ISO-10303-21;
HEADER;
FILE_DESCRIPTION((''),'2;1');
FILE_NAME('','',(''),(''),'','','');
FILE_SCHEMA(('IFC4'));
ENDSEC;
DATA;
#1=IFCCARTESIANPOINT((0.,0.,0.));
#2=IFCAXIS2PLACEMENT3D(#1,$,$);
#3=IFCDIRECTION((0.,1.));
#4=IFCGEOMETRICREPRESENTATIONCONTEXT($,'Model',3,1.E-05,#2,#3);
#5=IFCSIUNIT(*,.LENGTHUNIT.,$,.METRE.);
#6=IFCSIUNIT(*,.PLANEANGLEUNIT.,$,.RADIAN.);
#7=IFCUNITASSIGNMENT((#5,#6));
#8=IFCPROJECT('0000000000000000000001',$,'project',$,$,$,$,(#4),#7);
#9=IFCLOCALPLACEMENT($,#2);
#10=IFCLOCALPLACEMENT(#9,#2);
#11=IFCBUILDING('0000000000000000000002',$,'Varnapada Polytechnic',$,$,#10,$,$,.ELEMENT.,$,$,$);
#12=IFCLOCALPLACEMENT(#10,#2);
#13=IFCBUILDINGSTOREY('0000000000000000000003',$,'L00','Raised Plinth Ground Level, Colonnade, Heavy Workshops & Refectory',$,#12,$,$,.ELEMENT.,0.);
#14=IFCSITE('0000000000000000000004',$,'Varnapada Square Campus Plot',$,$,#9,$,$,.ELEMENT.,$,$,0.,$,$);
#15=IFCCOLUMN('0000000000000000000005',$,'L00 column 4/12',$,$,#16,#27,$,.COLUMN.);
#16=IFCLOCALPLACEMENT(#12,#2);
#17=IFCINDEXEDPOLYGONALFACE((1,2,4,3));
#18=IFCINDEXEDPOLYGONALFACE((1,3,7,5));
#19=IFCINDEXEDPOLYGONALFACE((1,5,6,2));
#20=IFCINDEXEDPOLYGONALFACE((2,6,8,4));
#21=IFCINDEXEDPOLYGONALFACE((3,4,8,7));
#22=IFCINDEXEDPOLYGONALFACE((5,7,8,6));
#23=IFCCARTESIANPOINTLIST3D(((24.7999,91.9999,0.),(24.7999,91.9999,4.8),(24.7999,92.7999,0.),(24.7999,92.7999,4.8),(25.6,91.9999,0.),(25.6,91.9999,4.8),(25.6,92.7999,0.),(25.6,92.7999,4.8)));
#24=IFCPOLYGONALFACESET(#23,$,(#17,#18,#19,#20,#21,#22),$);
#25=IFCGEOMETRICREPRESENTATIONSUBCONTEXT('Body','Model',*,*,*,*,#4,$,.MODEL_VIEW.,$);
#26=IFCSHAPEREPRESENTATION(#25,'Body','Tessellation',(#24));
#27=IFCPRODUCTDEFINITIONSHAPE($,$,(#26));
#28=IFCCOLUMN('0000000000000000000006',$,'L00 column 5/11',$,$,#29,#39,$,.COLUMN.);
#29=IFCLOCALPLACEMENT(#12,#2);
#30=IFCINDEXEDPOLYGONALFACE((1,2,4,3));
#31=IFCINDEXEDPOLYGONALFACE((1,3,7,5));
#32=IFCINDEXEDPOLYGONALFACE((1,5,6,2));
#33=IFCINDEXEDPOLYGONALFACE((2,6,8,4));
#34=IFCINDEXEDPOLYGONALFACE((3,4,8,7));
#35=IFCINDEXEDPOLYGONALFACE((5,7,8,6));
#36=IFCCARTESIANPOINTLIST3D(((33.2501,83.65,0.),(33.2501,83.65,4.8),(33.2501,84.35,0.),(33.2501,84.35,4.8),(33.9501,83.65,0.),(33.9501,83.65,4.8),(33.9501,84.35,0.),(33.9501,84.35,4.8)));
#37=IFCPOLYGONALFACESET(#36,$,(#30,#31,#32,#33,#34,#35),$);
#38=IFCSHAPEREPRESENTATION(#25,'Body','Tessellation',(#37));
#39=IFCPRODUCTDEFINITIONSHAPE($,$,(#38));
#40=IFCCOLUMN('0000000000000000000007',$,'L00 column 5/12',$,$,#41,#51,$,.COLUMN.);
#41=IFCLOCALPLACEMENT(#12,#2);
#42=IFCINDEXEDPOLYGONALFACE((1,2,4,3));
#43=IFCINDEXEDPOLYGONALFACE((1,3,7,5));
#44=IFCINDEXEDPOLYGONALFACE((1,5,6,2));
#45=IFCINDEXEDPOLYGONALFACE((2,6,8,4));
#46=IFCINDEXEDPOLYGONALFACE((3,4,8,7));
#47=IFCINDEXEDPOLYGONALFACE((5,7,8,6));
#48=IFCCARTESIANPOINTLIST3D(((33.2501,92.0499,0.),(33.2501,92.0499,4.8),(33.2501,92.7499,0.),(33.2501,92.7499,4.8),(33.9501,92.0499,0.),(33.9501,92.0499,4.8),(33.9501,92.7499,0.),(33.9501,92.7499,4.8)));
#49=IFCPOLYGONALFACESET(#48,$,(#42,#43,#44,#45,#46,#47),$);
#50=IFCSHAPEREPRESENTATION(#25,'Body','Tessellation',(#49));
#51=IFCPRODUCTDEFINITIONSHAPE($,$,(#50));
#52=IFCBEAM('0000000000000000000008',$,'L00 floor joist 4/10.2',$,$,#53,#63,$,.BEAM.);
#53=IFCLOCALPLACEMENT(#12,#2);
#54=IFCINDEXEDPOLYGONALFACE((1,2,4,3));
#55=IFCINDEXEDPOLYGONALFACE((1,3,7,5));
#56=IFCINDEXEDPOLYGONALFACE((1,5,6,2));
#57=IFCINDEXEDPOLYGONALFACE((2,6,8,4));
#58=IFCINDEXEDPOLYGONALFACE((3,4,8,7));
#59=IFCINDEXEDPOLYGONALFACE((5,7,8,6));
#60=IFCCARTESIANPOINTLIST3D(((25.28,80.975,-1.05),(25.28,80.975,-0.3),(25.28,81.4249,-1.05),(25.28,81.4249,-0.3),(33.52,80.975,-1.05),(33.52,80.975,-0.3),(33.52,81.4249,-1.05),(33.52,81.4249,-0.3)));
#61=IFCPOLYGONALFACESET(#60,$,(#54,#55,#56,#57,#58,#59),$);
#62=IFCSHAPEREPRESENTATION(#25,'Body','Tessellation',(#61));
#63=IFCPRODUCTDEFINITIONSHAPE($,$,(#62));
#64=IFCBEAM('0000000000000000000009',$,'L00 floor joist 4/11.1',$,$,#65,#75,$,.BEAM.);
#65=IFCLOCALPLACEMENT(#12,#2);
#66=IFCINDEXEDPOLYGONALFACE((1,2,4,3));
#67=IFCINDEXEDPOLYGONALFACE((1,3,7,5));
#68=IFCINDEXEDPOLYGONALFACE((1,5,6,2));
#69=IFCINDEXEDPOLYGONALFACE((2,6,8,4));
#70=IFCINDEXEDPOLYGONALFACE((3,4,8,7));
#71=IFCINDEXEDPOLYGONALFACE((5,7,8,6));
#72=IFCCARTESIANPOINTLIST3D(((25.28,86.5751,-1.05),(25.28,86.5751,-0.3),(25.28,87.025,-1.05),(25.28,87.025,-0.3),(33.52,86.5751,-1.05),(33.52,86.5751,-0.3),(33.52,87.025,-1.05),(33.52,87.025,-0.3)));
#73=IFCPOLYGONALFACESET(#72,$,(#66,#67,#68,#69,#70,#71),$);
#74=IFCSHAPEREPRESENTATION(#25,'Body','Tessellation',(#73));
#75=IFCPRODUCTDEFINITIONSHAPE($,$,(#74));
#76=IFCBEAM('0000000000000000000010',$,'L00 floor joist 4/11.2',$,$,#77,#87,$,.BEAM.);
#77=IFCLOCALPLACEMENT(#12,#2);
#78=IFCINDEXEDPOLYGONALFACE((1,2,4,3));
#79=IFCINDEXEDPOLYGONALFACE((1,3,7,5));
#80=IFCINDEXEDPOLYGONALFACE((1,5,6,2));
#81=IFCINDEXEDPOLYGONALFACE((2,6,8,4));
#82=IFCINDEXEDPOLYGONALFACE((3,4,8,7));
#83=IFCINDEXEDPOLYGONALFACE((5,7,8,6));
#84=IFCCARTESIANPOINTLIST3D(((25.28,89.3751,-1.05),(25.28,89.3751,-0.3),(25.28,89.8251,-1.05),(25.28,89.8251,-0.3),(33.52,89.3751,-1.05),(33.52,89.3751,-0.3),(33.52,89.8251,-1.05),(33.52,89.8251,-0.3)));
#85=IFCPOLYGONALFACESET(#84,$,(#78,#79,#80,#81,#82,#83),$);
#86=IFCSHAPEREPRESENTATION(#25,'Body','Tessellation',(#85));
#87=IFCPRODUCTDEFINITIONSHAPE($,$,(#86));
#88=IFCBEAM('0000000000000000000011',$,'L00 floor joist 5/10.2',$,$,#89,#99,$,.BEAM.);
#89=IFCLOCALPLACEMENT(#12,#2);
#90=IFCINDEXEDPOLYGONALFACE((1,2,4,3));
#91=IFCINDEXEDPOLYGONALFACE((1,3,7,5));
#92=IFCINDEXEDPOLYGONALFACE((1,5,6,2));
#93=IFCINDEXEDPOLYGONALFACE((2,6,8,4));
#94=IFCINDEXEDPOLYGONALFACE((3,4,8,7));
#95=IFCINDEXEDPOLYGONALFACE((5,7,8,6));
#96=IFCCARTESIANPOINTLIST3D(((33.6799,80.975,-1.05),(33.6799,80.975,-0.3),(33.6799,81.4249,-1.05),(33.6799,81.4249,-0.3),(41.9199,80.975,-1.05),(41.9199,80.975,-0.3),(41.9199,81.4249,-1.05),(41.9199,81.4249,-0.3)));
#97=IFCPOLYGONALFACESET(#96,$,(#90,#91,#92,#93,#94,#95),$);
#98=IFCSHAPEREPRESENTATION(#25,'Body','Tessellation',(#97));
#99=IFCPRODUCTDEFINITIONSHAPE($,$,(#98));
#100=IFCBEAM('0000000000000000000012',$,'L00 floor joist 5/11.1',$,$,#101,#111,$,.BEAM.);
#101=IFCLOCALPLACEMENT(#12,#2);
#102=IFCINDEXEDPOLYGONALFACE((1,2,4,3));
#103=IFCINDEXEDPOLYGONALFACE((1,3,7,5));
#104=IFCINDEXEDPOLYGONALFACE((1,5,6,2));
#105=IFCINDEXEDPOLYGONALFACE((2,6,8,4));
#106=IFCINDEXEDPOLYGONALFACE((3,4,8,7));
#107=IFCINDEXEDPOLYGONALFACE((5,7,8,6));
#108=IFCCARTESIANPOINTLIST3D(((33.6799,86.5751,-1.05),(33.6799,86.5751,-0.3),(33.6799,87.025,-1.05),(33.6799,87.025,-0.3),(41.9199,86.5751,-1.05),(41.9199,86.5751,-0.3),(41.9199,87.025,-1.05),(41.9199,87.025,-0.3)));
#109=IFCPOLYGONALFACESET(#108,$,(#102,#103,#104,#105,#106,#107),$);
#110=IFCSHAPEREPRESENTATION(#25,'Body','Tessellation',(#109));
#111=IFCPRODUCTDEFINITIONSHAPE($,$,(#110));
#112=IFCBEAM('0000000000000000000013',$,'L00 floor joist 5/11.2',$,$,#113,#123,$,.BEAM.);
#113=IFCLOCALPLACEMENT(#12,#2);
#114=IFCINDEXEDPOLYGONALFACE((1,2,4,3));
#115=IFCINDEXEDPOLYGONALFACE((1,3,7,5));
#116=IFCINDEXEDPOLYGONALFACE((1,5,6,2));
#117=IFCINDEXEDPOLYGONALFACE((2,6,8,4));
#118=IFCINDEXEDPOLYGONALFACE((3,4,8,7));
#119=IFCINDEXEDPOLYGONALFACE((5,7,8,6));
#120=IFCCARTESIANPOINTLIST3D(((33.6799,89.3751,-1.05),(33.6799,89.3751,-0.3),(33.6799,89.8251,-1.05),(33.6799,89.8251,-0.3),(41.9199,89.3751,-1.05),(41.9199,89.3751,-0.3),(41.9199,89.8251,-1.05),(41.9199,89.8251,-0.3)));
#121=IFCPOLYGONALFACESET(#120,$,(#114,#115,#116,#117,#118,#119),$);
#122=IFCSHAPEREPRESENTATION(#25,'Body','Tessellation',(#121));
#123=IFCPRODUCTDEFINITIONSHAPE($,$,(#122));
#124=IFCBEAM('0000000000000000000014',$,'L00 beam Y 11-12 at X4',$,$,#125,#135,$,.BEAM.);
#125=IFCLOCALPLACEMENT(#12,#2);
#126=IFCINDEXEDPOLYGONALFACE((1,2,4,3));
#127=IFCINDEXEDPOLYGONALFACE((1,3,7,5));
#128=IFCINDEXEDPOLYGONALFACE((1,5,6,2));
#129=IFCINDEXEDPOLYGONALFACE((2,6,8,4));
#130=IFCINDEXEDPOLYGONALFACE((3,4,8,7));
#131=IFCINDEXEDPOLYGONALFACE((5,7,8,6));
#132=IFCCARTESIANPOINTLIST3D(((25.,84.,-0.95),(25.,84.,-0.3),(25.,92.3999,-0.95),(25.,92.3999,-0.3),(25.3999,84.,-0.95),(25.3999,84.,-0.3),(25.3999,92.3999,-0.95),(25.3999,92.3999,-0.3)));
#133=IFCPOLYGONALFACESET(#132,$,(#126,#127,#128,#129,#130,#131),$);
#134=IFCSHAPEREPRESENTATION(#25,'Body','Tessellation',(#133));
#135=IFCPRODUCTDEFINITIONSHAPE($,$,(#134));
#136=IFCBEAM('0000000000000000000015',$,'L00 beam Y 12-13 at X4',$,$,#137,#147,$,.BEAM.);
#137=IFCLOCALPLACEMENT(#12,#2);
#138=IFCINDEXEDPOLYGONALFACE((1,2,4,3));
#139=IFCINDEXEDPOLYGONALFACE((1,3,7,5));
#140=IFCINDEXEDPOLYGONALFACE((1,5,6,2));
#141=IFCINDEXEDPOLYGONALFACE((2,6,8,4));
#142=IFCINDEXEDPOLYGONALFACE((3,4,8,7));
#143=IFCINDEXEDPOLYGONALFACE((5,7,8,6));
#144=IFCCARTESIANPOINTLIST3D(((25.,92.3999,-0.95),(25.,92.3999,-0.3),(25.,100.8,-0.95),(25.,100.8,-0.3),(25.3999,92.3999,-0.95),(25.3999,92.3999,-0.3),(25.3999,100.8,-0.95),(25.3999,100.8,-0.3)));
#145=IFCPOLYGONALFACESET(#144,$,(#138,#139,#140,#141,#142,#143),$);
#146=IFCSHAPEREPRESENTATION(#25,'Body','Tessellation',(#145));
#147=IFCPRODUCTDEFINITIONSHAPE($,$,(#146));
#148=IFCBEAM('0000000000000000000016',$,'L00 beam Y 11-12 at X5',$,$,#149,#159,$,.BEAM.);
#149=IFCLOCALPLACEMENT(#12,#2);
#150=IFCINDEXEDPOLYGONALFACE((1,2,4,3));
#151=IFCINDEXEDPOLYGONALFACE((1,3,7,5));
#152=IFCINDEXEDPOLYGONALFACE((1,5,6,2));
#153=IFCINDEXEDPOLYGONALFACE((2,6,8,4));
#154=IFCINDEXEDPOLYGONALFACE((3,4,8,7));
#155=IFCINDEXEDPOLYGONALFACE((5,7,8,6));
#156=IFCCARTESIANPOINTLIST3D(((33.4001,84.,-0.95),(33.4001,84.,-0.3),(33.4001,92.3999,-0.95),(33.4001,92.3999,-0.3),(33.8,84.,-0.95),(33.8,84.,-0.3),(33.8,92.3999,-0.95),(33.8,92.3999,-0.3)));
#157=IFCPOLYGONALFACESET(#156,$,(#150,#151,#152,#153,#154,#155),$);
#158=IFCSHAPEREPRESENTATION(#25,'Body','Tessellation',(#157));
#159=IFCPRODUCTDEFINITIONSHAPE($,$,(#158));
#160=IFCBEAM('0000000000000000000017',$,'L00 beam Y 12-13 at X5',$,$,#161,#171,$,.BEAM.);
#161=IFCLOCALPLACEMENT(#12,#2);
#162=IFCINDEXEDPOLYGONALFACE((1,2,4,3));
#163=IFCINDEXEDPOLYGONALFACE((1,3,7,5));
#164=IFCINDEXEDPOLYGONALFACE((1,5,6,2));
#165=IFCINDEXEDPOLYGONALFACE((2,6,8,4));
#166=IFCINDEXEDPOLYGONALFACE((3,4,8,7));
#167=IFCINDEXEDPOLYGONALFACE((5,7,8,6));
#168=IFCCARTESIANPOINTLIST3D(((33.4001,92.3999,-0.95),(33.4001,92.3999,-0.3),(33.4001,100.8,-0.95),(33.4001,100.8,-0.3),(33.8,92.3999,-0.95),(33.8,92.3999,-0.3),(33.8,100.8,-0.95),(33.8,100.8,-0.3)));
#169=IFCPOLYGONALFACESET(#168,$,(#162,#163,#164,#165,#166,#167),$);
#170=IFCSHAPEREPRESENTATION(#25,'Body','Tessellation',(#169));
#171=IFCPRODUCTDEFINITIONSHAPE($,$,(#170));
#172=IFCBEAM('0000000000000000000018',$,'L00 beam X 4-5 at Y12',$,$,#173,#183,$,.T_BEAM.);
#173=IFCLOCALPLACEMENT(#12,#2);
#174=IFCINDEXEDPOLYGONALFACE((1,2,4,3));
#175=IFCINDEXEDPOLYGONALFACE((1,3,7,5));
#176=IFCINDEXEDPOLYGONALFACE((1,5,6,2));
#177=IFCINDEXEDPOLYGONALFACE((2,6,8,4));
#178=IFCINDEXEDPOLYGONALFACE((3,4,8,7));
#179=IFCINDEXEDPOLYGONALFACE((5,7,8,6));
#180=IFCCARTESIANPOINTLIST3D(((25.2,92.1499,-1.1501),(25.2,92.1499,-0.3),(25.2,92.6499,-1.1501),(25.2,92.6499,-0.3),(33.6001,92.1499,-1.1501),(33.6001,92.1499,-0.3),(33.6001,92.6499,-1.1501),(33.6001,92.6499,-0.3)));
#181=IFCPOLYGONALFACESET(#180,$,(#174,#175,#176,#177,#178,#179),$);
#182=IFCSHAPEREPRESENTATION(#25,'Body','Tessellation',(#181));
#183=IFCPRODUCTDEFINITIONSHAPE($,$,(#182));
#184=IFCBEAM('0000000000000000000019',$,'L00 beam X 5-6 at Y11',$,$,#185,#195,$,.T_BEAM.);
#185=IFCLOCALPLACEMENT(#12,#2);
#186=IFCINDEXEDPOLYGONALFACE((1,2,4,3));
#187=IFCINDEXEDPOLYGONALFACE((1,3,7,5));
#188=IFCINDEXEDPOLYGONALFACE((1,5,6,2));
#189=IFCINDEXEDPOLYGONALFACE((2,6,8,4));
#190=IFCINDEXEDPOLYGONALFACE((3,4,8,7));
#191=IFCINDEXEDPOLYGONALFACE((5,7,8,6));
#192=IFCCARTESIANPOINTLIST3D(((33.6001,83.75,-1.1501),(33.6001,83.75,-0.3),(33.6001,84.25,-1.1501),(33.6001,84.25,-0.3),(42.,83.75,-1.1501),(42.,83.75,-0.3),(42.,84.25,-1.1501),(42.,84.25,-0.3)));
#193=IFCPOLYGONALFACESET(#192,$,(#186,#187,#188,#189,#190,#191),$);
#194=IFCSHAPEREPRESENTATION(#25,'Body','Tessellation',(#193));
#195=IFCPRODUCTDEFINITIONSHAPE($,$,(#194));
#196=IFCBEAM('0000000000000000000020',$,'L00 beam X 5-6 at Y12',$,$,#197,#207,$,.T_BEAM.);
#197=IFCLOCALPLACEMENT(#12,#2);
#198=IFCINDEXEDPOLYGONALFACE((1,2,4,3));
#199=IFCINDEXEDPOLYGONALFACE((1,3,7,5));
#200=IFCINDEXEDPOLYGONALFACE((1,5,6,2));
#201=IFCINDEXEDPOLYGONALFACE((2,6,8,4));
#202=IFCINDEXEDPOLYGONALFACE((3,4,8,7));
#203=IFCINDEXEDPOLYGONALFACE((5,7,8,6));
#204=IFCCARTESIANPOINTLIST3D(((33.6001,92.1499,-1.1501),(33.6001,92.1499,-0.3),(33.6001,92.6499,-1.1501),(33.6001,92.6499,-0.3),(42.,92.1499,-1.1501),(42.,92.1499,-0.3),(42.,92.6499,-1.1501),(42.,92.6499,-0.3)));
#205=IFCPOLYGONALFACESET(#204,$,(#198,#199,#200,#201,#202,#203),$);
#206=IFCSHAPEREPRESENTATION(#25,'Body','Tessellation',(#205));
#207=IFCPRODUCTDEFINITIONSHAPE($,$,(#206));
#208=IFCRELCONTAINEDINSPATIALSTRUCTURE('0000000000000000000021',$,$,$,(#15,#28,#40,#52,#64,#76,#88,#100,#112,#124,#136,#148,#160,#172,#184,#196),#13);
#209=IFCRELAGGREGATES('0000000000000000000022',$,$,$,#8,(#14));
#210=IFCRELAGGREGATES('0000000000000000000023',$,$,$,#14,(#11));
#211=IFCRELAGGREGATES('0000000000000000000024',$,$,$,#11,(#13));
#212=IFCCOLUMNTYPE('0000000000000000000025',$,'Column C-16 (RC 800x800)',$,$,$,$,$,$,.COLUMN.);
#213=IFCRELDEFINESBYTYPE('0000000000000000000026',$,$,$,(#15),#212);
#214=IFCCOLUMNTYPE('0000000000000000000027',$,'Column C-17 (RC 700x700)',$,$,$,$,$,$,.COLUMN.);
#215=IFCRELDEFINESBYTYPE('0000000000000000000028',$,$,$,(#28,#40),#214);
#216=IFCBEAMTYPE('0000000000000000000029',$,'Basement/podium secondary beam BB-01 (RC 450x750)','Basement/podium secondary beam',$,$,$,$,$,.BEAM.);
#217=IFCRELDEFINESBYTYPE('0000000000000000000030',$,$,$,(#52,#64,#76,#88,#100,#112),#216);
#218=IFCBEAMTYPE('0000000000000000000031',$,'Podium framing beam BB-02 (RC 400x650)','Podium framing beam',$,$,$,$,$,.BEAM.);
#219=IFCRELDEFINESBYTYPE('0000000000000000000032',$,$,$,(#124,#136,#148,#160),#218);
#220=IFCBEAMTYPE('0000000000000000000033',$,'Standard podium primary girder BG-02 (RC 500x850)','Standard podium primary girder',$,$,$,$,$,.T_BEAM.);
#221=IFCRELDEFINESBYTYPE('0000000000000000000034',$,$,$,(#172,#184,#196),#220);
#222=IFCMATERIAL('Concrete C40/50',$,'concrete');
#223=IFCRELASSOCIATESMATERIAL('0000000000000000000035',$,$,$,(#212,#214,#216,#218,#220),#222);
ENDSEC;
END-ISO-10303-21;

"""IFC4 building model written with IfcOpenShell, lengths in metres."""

from ifc_helpers import new_model, si_unit, direction, frame, origin, origin_2d, place, context, subcontext, project, spatial, rectangle, extrude, material, material_profile, profile_set, type_object, element, save


model = new_model("IFC4")

# Units and contexts
model_context = context("Model", 3, precision=1e-05, world=origin(), true_north=direction((0.0, 1.0)))
body_context = subcontext(model_context, "Body", "Model", "MODEL_VIEW")
ifc_project = project(units=[si_unit("LENGTHUNIT", "METRE"), si_unit("PLANEANGLEUNIT", "RADIAN")], contexts=[model_context])

# Site, building, storey
site_placement = place(None, origin())
site = spatial("IfcSite", under=ifc_project, at=site_placement, Name="Varnapada Square Campus Plot", CompositionType="ELEMENT", RefElevation=0.0)
building_placement = place(site_placement, origin())
building = spatial("IfcBuilding", under=site, at=building_placement, Name="Varnapada Polytechnic", CompositionType="ELEMENT")
storey_placement = place(building_placement, origin())
storey = spatial("IfcBuildingStorey", under=building, at=storey_placement, Name="L00", Description="Raised Plinth Ground Level, Colonnade, Heavy Workshops & Refectory", CompositionType="ELEMENT", Elevation=0.0)

# Columns
ifc_material_1 = material(Name="Concrete C40/50", Category="concrete")
ifc_material_profile_1 = material_profile(ifc_material_1, rectangle(XDim=0.8, YDim=0.8, at=origin_2d()), Name="RC 800x800")
ifc_profile_set_1 = profile_set([ifc_material_profile_1], Name="Concrete C40/50")
column_type_1 = type_object("IfcColumnType", Name="Column C-16 (RC 800x800)", PredefinedType="COLUMN", material=ifc_profile_set_1)
column_placement = place(storey_placement, frame((25.2, 92.3999, 0.0), z_axis=(0.0, 0.0, 1.0), x_axis=(1.0, 0.0, 0.0)))
element("IfcColumn", 1, at=column_placement, inside=storey, type_object=column_type_1, Name="L00 column 4/12", PredefinedType="COLUMN", context=body_context, shape_type="SweptSolid", body=[
    extrude(rectangle(XDim=0.8, YDim=0.8, at=origin_2d()), origin(), (0.0, 0.0, 1.0), 4.8),
])
ifc_material_profile_2 = material_profile(ifc_material_1, rectangle(XDim=0.7, YDim=0.7, at=origin_2d()), Name="RC 700x700")
ifc_profile_set_2 = profile_set([ifc_material_profile_2], Name="Concrete C40/50")
column_type_2 = type_object("IfcColumnType", Name="Column C-17 (RC 700x700)", PredefinedType="COLUMN", material=ifc_profile_set_2)
for number, where, z_axis, x_axis, name in (
    (2, (33.6001, 84.0, 0.0), (0.0, 0.0, 1.0), (1.0, 0.0, 0.0), "L00 column 5/11"),
    (3, (33.6001, 92.3999, 0.0), (0.0, 0.0, 1.0), (1.0, 0.0, 0.0), "L00 column 5/12"),
):
    element("IfcColumn", number, at=place(storey_placement, frame(where, z_axis=z_axis, x_axis=x_axis)), inside=storey, type_object=column_type_2, Name=name, PredefinedType="COLUMN", context=body_context, shape_type="SweptSolid", body=[
        extrude(rectangle(XDim=0.7, YDim=0.7, at=origin_2d()), origin(), (0.0, 0.0, 1.0), 4.8),
    ])

# Beams
ifc_material_profile_3 = material_profile(ifc_material_1, rectangle(XDim=0.45, YDim=0.75, at=origin_2d()), Name="RC 450x750")
ifc_profile_set_3 = profile_set([ifc_material_profile_3], Name="Concrete C40/50")
beam_type_1 = type_object("IfcBeamType", Name="Basement/podium secondary beam BB-01 (RC 450x750)", Description="Basement/podium secondary beam", PredefinedType="BEAM", material=ifc_profile_set_3)
for number, where, z_axis, x_axis, name in (
    (4, (25.28, 81.2, -0.675), (1.0, 0.0, 0.0), (0.0, 1.0, 0.0), "L00 floor joist 4/10.2"),
    (5, (25.28, 86.8, -0.675), (1.0, 0.0, 0.0), (0.0, 1.0, 0.0), "L00 floor joist 4/11.1"),
    (6, (25.28, 89.6001, -0.675), (1.0, 0.0, 0.0), (0.0, 1.0, 0.0), "L00 floor joist 4/11.2"),
    (7, (33.6799, 81.2, -0.675), (1.0, 0.0, 0.0), (0.0, 1.0, 0.0), "L00 floor joist 5/10.2"),
    (8, (33.6799, 86.8, -0.675), (1.0, 0.0, 0.0), (0.0, 1.0, 0.0), "L00 floor joist 5/11.1"),
    (9, (33.6799, 89.6001, -0.675), (1.0, 0.0, 0.0), (0.0, 1.0, 0.0), "L00 floor joist 5/11.2"),
):
    element("IfcBeam", number, at=place(storey_placement, frame(where, z_axis=z_axis, x_axis=x_axis)), inside=storey, type_object=beam_type_1, Name=name, PredefinedType="BEAM", context=body_context, shape_type="SweptSolid", body=[
        extrude(rectangle(XDim=0.45, YDim=0.75, at=origin_2d()), origin(), (0.0, 0.0, 1.0), 8.24),
    ])
ifc_material_profile_4 = material_profile(ifc_material_1, rectangle(XDim=0.3999, YDim=0.6499, at=origin_2d()), Name="RC 400x650")
ifc_profile_set_4 = profile_set([ifc_material_profile_4], Name="Concrete C40/50")
beam_type_2 = type_object("IfcBeamType", Name="Podium framing beam BB-02 (RC 400x650)", Description="Podium framing beam", PredefinedType="BEAM", material=ifc_profile_set_4)
beam_1_placement = place(storey_placement, frame((25.2, 84.0, -0.625), z_axis=(0.0, 1.0, 0.0), x_axis=(-1.0, 0.0, 0.0)))
element("IfcBeam", 10, at=beam_1_placement, inside=storey, type_object=beam_type_2, Name="L00 beam Y 11-12 at X4", PredefinedType="BEAM", context=body_context, shape_type="SweptSolid", body=[
    extrude(rectangle(XDim=0.3999, YDim=0.6499, at=origin_2d()), origin(), (0.0, 0.0, 1.0), 8.3999),
])
beam_2_placement = place(storey_placement, frame((25.2, 92.3999, -0.625), z_axis=(0.0, 1.0, 0.0), x_axis=(-1.0, 0.0, 0.0)))
element("IfcBeam", 11, at=beam_2_placement, inside=storey, type_object=beam_type_2, Name="L00 beam Y 12-13 at X4", PredefinedType="BEAM", context=body_context, shape_type="SweptSolid", body=[
    extrude(rectangle(XDim=0.3999, YDim=0.6499, at=origin_2d()), origin(), (0.0, 0.0, 1.0), 8.4001),
])
beam_3_placement = place(storey_placement, frame((33.6001, 84.0, -0.625), z_axis=(0.0, 1.0, 0.0), x_axis=(-1.0, 0.0, 0.0)))
element("IfcBeam", 12, at=beam_3_placement, inside=storey, type_object=beam_type_2, Name="L00 beam Y 11-12 at X5", PredefinedType="BEAM", context=body_context, shape_type="SweptSolid", body=[
    extrude(rectangle(XDim=0.3999, YDim=0.6499, at=origin_2d()), origin(), (0.0, 0.0, 1.0), 8.3999),
])
beam_4_placement = place(storey_placement, frame((33.6001, 92.3999, -0.625), z_axis=(0.0, 1.0, 0.0), x_axis=(-1.0, 0.0, 0.0)))
element("IfcBeam", 13, at=beam_4_placement, inside=storey, type_object=beam_type_2, Name="L00 beam Y 12-13 at X5", PredefinedType="BEAM", context=body_context, shape_type="SweptSolid", body=[
    extrude(rectangle(XDim=0.3999, YDim=0.6499, at=origin_2d()), origin(), (0.0, 0.0, 1.0), 8.4001),
])
ifc_material_profile_5 = material_profile(ifc_material_1, rectangle(XDim=0.5, YDim=0.8501, at=origin_2d()), Name="RC 500x850")
ifc_profile_set_5 = profile_set([ifc_material_profile_5], Name="Concrete C40/50")
beam_type_3 = type_object("IfcBeamType", Name="Standard podium primary girder BG-02 (RC 500x850)", Description="Standard podium primary girder", PredefinedType="T_BEAM", material=ifc_profile_set_5)
beam_5_placement = place(storey_placement, frame((25.2, 92.3999, -0.7251), z_axis=(1.0, 0.0, 0.0), x_axis=(0.0, 1.0, 0.0)))
element("IfcBeam", 14, at=beam_5_placement, inside=storey, type_object=beam_type_3, Name="L00 beam X 4-5 at Y12", PredefinedType="T_BEAM", context=body_context, shape_type="SweptSolid", body=[
    extrude(rectangle(XDim=0.5, YDim=0.8501, at=origin_2d()), origin(), (0.0, 0.0, 1.0), 8.4001),
])
for number, where, z_axis, x_axis, name in (
    (15, (33.6001, 84.0, -0.7251), (1.0, 0.0, 0.0), (0.0, 1.0, 0.0), "L00 beam X 5-6 at Y11"),
    (16, (33.6001, 92.3999, -0.7251), (1.0, 0.0, 0.0), (0.0, 1.0, 0.0), "L00 beam X 5-6 at Y12"),
):
    element("IfcBeam", number, at=place(storey_placement, frame(where, z_axis=z_axis, x_axis=x_axis)), inside=storey, type_object=beam_type_3, Name=name, PredefinedType="T_BEAM", context=body_context, shape_type="SweptSolid", body=[
        extrude(rectangle(XDim=0.5, YDim=0.8501, at=origin_2d()), origin(), (0.0, 0.0, 1.0), 8.3999),
    ])

save(model, "model.ifc")
